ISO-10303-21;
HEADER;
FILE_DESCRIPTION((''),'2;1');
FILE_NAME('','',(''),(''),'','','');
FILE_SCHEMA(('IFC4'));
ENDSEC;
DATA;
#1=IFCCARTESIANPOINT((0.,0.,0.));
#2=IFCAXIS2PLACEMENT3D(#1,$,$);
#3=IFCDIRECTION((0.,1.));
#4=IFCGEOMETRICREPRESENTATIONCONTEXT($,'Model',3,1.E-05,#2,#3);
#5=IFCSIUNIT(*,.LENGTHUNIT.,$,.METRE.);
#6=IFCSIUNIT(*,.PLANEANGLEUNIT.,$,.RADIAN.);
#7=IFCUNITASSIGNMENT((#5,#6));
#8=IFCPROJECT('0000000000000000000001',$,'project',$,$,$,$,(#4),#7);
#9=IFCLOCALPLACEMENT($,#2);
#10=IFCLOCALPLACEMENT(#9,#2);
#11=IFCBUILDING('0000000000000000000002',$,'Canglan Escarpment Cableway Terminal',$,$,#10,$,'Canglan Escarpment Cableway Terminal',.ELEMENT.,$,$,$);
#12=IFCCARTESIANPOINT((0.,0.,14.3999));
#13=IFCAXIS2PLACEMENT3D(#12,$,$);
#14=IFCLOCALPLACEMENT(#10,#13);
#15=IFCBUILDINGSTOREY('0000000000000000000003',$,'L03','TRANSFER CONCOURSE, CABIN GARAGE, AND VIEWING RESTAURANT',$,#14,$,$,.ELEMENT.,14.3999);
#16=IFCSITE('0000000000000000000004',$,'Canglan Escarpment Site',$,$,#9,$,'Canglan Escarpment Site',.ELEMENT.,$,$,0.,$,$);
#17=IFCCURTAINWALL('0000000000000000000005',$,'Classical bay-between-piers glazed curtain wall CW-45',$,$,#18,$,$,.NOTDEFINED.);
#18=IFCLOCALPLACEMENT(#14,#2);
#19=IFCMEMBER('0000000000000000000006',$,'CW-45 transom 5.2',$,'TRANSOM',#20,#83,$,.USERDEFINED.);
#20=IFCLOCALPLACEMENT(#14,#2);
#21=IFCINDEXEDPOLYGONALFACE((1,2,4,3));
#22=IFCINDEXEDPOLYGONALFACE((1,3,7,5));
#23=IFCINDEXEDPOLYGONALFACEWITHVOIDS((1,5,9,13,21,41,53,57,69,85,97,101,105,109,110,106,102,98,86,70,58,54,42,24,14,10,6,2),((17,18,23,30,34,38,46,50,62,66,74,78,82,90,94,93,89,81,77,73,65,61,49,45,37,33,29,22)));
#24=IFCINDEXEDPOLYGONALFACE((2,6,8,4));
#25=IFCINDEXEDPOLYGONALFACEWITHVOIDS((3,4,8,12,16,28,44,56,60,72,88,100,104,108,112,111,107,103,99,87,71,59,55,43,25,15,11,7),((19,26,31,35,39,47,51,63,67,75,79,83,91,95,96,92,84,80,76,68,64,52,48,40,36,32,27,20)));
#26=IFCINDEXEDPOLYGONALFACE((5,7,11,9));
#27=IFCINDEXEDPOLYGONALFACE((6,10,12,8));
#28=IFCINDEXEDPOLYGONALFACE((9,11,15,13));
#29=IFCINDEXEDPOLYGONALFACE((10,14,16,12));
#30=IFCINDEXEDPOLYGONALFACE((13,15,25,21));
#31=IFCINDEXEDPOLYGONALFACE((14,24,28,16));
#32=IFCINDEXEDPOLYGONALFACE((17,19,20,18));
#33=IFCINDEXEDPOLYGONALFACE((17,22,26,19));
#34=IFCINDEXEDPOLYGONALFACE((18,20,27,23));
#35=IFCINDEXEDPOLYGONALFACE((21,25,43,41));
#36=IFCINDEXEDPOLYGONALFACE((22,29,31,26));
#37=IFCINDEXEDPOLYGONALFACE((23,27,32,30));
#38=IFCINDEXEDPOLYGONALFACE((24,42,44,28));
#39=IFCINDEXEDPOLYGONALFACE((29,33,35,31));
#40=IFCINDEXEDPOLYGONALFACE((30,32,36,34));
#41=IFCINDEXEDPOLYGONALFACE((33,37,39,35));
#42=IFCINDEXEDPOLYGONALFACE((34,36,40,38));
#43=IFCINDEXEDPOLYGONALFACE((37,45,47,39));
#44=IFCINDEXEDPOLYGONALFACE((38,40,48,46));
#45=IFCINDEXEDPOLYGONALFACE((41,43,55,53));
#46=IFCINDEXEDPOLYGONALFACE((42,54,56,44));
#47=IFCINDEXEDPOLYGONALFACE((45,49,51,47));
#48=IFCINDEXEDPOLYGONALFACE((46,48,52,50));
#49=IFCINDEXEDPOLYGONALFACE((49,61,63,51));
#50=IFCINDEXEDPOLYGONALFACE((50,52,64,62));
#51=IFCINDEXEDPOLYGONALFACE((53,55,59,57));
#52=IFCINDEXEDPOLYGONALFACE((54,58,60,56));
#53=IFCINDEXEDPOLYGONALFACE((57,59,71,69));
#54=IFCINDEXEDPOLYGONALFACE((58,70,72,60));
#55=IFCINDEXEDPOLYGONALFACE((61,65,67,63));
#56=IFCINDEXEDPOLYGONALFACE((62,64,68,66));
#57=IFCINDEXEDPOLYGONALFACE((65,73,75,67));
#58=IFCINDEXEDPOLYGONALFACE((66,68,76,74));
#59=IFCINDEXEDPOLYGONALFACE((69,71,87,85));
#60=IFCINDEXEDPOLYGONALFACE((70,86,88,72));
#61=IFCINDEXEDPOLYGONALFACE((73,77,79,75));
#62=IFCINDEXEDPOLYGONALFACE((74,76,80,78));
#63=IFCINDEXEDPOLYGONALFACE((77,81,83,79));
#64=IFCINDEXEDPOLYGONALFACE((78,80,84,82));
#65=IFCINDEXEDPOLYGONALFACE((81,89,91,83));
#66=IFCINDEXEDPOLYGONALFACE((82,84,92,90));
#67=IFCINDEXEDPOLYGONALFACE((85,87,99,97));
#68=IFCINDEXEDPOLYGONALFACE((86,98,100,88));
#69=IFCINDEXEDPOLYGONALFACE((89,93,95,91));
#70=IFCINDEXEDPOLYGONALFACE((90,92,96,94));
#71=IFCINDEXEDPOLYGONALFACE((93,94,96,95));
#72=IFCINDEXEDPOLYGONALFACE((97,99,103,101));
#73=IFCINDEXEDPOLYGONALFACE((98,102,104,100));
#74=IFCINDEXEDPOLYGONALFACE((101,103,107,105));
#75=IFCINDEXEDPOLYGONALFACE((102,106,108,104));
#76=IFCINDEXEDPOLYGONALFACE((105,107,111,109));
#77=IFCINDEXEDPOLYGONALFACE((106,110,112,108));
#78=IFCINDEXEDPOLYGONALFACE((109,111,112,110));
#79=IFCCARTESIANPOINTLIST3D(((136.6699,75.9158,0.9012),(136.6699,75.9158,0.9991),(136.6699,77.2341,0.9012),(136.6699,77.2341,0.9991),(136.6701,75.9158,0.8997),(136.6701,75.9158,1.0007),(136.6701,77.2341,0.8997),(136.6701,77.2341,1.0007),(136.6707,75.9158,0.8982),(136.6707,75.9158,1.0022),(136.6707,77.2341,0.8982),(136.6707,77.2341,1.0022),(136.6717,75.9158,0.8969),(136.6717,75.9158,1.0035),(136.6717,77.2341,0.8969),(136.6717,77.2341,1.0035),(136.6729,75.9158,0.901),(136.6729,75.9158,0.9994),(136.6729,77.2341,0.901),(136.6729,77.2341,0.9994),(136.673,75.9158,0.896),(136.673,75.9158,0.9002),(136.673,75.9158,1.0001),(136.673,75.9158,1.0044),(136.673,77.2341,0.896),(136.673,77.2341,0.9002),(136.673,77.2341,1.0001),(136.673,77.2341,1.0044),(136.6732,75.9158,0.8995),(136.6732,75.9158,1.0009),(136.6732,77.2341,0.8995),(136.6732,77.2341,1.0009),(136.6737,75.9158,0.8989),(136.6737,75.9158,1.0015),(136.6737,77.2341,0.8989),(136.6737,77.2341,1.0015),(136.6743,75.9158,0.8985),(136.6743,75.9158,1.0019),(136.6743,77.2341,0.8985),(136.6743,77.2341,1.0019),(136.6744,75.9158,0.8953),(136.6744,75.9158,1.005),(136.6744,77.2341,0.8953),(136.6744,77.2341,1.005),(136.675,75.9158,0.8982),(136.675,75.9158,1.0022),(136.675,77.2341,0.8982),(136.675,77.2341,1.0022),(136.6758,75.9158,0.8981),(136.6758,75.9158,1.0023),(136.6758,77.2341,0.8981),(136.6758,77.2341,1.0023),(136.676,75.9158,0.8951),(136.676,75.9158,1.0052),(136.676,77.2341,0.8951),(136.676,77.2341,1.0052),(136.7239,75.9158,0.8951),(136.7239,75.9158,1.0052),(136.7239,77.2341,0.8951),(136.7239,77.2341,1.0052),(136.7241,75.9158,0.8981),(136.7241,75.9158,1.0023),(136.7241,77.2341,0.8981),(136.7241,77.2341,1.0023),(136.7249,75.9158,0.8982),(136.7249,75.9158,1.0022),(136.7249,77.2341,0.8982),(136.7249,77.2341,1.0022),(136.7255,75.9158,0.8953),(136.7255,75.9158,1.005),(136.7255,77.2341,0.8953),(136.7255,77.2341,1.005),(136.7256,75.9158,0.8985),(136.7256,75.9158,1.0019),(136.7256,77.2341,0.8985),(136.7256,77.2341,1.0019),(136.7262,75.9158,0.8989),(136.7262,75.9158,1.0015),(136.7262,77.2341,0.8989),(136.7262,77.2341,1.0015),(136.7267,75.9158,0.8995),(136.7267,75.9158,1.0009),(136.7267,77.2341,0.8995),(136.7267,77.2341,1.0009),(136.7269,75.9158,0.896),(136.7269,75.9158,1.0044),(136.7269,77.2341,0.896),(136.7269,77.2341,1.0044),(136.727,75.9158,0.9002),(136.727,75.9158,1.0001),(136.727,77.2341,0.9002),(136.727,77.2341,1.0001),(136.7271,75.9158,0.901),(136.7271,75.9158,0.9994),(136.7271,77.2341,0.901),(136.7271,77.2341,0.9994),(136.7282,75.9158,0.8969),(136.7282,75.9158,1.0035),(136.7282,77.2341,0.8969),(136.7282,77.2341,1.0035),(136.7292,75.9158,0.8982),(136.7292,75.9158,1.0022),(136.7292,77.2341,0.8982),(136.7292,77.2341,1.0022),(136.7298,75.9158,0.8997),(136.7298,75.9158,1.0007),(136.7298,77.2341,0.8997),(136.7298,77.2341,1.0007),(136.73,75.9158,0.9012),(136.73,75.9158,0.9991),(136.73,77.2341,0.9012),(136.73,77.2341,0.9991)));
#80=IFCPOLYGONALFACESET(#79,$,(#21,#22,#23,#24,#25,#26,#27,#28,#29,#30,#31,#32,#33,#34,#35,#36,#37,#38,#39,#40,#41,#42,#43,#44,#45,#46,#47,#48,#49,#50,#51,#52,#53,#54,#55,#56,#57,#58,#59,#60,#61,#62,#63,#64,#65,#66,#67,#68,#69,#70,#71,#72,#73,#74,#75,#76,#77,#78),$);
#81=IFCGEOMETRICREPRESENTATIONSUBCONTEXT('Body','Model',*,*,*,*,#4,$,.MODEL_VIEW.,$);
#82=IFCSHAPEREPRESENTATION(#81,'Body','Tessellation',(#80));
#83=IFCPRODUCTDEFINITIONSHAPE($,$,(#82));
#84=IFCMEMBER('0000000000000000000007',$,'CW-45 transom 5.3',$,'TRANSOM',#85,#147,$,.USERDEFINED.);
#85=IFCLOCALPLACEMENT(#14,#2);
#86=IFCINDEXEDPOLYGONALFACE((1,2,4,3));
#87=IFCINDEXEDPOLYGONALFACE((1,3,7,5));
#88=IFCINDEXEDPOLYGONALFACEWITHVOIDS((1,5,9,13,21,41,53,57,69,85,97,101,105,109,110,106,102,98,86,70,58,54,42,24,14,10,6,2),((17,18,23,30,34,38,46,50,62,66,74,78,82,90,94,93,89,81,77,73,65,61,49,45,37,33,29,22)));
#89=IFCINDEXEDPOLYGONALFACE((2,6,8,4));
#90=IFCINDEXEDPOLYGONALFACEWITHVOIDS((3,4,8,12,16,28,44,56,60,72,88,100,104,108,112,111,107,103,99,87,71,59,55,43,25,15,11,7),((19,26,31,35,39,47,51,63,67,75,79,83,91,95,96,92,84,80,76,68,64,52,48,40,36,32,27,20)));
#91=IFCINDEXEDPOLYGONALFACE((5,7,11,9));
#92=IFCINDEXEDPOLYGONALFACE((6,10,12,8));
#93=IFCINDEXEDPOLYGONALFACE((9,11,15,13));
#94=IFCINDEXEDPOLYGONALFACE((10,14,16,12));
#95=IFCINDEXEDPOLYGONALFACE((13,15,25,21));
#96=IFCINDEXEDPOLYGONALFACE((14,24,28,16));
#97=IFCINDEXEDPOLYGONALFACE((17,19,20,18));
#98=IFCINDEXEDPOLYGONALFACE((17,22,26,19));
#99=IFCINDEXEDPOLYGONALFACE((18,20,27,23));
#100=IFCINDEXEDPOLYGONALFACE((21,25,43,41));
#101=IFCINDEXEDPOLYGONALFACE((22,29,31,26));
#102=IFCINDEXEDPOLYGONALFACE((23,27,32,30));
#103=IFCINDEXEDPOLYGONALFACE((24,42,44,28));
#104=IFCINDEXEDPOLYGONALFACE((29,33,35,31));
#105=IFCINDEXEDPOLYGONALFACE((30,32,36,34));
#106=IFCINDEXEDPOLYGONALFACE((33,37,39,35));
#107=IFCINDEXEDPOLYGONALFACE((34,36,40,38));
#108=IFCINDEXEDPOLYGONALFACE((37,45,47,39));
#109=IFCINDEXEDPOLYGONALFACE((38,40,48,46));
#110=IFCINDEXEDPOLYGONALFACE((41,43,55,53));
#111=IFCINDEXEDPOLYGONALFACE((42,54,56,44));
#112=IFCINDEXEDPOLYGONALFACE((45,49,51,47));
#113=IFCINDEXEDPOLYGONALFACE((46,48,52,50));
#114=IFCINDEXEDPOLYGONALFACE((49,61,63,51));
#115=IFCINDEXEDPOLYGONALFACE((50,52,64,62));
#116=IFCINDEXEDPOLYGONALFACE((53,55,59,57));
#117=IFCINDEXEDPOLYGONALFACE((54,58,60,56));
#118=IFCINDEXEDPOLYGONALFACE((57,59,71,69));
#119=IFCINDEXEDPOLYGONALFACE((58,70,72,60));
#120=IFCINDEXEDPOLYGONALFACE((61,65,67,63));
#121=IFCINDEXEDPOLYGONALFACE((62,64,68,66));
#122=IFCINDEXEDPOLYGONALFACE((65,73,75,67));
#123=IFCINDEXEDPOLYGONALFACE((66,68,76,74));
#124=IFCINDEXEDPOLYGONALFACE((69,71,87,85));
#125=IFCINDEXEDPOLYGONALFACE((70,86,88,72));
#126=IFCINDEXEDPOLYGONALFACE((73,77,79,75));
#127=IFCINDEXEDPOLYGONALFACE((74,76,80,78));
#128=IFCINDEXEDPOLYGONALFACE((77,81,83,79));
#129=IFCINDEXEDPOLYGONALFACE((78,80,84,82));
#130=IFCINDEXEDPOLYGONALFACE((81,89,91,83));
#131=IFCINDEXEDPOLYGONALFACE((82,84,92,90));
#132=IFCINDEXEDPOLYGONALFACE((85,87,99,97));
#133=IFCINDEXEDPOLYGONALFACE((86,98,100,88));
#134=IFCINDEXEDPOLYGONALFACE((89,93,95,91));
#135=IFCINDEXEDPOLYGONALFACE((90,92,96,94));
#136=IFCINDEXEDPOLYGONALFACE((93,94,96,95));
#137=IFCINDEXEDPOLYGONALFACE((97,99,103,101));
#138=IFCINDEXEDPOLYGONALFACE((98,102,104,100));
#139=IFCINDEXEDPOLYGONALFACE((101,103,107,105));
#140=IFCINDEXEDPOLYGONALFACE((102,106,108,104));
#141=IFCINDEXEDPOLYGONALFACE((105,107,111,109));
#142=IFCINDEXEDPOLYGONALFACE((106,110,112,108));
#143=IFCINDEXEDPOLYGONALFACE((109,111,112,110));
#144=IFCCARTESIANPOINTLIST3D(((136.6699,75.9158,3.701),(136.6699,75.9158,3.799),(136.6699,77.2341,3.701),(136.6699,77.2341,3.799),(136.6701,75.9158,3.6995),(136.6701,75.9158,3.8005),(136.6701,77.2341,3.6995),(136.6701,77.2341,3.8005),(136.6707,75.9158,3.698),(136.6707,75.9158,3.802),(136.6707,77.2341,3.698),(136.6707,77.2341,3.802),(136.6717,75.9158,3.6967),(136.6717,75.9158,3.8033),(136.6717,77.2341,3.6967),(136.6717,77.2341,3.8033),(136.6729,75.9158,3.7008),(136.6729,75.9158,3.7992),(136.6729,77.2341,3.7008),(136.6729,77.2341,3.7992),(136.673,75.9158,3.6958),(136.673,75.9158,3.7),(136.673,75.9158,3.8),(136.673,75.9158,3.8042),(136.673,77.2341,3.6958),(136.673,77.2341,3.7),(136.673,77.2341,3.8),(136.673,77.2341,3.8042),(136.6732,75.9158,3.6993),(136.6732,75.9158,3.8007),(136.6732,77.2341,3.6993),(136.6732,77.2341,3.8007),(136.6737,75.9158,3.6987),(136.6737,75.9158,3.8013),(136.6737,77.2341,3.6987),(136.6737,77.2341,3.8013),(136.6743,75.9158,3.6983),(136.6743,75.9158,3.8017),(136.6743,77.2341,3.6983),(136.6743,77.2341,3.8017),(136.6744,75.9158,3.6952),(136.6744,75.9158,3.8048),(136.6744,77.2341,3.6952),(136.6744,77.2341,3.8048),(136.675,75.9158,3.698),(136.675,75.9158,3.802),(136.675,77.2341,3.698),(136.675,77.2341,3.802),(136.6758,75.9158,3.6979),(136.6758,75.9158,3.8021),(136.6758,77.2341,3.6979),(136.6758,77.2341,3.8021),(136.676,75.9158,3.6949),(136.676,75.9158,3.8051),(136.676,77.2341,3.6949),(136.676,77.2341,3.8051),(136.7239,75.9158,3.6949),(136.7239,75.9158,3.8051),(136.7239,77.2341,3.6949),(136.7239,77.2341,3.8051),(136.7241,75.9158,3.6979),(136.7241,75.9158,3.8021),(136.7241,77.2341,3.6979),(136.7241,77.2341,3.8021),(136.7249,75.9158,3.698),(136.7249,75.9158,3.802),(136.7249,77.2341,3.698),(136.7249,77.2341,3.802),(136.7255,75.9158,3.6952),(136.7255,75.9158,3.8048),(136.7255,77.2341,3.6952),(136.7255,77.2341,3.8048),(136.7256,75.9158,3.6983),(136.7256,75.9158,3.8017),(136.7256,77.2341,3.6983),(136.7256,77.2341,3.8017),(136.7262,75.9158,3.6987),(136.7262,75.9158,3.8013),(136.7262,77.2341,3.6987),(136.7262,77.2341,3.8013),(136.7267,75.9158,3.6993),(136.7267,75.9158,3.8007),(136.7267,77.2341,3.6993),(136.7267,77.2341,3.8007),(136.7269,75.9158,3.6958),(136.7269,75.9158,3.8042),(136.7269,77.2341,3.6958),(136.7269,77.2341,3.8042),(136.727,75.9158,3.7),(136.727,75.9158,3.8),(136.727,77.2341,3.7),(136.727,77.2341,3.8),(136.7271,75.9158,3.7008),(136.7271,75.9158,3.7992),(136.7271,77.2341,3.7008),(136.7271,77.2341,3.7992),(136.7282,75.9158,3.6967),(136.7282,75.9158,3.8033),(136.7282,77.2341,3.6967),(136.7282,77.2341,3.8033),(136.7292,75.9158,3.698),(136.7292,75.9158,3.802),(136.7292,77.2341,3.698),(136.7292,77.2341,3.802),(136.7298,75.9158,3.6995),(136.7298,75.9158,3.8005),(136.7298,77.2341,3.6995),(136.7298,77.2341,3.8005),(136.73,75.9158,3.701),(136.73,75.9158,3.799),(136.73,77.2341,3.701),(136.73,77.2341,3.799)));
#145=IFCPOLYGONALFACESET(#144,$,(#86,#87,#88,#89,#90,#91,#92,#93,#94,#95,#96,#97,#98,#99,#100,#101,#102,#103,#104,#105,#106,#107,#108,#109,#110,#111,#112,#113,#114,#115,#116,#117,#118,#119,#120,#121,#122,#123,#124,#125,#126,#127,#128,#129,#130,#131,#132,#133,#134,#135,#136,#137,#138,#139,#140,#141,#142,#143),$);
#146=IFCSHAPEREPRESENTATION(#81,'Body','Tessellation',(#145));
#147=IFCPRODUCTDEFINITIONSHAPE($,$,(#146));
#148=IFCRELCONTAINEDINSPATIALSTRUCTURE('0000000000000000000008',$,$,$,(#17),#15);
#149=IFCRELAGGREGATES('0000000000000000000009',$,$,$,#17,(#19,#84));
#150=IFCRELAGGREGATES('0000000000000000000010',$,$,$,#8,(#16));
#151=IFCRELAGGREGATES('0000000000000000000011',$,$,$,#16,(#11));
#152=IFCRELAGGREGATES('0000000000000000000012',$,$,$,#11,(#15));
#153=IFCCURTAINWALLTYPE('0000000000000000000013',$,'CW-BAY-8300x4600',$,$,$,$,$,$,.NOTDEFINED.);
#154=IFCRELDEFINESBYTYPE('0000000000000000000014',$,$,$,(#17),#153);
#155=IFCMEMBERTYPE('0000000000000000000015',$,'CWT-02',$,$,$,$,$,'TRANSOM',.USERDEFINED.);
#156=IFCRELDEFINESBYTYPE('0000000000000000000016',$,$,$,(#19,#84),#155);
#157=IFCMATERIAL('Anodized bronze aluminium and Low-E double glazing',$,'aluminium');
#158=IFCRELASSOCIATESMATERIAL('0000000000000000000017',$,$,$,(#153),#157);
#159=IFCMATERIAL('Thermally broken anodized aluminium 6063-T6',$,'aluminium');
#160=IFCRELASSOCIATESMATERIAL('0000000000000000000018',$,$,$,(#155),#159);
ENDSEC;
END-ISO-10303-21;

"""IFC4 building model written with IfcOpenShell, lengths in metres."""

from ifc_helpers import new_model, si_unit, direction, frame, origin, origin_2d, place, context, subcontext, project, spatial, hollow_rectangle, extrude, material, material_profile, profile_set, type_object, element, aggregate, save


model = new_model("IFC4")

# Units and contexts
model_context = context("Model", 3, precision=1e-05, world=origin(), true_north=direction((0.0, 1.0)))
body_context = subcontext(model_context, "Body", "Model", "MODEL_VIEW")
ifc_project = project(units=[si_unit("LENGTHUNIT", "METRE"), si_unit("PLANEANGLEUNIT", "RADIAN")], contexts=[model_context])

# Site, building, storey
site_placement = place(None, origin())
site = spatial("IfcSite", under=ifc_project, at=site_placement, Name="Canglan Escarpment Site", LongName="Canglan Escarpment Site", CompositionType="ELEMENT", RefElevation=0.0)
building_placement = place(site_placement, origin())
building = spatial("IfcBuilding", under=site, at=building_placement, Name="Canglan Escarpment Cableway Terminal", LongName="Canglan Escarpment Cableway Terminal", CompositionType="ELEMENT")
storey_placement = place(building_placement, frame((0.0, 0.0, 14.3999)))
storey = spatial("IfcBuildingStorey", under=building, at=storey_placement, Name="L03", Description="TRANSFER CONCOURSE, CABIN GARAGE, AND VIEWING RESTAURANT", CompositionType="ELEMENT", Elevation=14.3999)

# Curtain wall, members
ifc_material_1 = material(Name="Anodized bronze aluminium and Low-E double glazing", Category="aluminium")
curtain_wall_type = type_object("IfcCurtainWallType", Name="CW-BAY-8300x4600", PredefinedType="NOTDEFINED", material=ifc_material_1)
curtain_wall_placement = place(storey_placement, origin())
curtain_wall = element("IfcCurtainWall", 1, at=curtain_wall_placement, inside=storey, type_object=curtain_wall_type, Name="Classical bay-between-piers glazed curtain wall CW-45", PredefinedType="NOTDEFINED")
ifc_material_2 = material(Name="Thermally broken anodized aluminium 6063-T6", Category="aluminium")
ifc_material_profile_1 = material_profile(ifc_material_2, hollow_rectangle(XDim=0.0601, YDim=0.1101, WallThickness=0.0029, InnerFilletRadius=0.0029, OuterFilletRadius=0.0061, at=origin_2d()), Name="ALU-TRAN 60x110x3")
ifc_profile_set_1 = profile_set([ifc_material_profile_1], Name="Thermally broken anodized aluminium 6063-T6")
member_type_1 = type_object("IfcMemberType", Name="CWT-02", ElementType="TRANSOM", PredefinedType="USERDEFINED", material=ifc_profile_set_1)
member_1_placement = place(storey_placement, frame((136.7, 75.9158, 0.9502), z_axis=(0.0, 1.0, 0.0), x_axis=(-1.0, 0.0, 0.0)))
member_1 = element("IfcMember", 2, at=member_1_placement, type_object=member_type_1, Name="CW-45 transom 5.2", ObjectType="TRANSOM", PredefinedType="USERDEFINED", context=body_context, shape_type="SweptSolid", body=[
    extrude(hollow_rectangle(XDim=0.0601, YDim=0.1101, WallThickness=0.0029, InnerFilletRadius=0.0029, OuterFilletRadius=0.0061, at=origin_2d()), origin(), (0.0, 0.0, 1.0), 1.3184),
])
member_2_placement = place(storey_placement, frame((136.7, 75.9158, 3.75), z_axis=(0.0, 1.0, 0.0), x_axis=(-1.0, 0.0, 0.0)))
member_2 = element("IfcMember", 3, at=member_2_placement, type_object=member_type_1, Name="CW-45 transom 5.3", ObjectType="TRANSOM", PredefinedType="USERDEFINED", context=body_context, shape_type="SweptSolid", body=[
    extrude(hollow_rectangle(XDim=0.0601, YDim=0.1101, WallThickness=0.0029, InnerFilletRadius=0.0029, OuterFilletRadius=0.0061, at=origin_2d()), origin(), (0.0, 0.0, 1.0), 1.3184),
])
aggregate(curtain_wall, [member_1, member_2])

save(model, "model.ifc")
